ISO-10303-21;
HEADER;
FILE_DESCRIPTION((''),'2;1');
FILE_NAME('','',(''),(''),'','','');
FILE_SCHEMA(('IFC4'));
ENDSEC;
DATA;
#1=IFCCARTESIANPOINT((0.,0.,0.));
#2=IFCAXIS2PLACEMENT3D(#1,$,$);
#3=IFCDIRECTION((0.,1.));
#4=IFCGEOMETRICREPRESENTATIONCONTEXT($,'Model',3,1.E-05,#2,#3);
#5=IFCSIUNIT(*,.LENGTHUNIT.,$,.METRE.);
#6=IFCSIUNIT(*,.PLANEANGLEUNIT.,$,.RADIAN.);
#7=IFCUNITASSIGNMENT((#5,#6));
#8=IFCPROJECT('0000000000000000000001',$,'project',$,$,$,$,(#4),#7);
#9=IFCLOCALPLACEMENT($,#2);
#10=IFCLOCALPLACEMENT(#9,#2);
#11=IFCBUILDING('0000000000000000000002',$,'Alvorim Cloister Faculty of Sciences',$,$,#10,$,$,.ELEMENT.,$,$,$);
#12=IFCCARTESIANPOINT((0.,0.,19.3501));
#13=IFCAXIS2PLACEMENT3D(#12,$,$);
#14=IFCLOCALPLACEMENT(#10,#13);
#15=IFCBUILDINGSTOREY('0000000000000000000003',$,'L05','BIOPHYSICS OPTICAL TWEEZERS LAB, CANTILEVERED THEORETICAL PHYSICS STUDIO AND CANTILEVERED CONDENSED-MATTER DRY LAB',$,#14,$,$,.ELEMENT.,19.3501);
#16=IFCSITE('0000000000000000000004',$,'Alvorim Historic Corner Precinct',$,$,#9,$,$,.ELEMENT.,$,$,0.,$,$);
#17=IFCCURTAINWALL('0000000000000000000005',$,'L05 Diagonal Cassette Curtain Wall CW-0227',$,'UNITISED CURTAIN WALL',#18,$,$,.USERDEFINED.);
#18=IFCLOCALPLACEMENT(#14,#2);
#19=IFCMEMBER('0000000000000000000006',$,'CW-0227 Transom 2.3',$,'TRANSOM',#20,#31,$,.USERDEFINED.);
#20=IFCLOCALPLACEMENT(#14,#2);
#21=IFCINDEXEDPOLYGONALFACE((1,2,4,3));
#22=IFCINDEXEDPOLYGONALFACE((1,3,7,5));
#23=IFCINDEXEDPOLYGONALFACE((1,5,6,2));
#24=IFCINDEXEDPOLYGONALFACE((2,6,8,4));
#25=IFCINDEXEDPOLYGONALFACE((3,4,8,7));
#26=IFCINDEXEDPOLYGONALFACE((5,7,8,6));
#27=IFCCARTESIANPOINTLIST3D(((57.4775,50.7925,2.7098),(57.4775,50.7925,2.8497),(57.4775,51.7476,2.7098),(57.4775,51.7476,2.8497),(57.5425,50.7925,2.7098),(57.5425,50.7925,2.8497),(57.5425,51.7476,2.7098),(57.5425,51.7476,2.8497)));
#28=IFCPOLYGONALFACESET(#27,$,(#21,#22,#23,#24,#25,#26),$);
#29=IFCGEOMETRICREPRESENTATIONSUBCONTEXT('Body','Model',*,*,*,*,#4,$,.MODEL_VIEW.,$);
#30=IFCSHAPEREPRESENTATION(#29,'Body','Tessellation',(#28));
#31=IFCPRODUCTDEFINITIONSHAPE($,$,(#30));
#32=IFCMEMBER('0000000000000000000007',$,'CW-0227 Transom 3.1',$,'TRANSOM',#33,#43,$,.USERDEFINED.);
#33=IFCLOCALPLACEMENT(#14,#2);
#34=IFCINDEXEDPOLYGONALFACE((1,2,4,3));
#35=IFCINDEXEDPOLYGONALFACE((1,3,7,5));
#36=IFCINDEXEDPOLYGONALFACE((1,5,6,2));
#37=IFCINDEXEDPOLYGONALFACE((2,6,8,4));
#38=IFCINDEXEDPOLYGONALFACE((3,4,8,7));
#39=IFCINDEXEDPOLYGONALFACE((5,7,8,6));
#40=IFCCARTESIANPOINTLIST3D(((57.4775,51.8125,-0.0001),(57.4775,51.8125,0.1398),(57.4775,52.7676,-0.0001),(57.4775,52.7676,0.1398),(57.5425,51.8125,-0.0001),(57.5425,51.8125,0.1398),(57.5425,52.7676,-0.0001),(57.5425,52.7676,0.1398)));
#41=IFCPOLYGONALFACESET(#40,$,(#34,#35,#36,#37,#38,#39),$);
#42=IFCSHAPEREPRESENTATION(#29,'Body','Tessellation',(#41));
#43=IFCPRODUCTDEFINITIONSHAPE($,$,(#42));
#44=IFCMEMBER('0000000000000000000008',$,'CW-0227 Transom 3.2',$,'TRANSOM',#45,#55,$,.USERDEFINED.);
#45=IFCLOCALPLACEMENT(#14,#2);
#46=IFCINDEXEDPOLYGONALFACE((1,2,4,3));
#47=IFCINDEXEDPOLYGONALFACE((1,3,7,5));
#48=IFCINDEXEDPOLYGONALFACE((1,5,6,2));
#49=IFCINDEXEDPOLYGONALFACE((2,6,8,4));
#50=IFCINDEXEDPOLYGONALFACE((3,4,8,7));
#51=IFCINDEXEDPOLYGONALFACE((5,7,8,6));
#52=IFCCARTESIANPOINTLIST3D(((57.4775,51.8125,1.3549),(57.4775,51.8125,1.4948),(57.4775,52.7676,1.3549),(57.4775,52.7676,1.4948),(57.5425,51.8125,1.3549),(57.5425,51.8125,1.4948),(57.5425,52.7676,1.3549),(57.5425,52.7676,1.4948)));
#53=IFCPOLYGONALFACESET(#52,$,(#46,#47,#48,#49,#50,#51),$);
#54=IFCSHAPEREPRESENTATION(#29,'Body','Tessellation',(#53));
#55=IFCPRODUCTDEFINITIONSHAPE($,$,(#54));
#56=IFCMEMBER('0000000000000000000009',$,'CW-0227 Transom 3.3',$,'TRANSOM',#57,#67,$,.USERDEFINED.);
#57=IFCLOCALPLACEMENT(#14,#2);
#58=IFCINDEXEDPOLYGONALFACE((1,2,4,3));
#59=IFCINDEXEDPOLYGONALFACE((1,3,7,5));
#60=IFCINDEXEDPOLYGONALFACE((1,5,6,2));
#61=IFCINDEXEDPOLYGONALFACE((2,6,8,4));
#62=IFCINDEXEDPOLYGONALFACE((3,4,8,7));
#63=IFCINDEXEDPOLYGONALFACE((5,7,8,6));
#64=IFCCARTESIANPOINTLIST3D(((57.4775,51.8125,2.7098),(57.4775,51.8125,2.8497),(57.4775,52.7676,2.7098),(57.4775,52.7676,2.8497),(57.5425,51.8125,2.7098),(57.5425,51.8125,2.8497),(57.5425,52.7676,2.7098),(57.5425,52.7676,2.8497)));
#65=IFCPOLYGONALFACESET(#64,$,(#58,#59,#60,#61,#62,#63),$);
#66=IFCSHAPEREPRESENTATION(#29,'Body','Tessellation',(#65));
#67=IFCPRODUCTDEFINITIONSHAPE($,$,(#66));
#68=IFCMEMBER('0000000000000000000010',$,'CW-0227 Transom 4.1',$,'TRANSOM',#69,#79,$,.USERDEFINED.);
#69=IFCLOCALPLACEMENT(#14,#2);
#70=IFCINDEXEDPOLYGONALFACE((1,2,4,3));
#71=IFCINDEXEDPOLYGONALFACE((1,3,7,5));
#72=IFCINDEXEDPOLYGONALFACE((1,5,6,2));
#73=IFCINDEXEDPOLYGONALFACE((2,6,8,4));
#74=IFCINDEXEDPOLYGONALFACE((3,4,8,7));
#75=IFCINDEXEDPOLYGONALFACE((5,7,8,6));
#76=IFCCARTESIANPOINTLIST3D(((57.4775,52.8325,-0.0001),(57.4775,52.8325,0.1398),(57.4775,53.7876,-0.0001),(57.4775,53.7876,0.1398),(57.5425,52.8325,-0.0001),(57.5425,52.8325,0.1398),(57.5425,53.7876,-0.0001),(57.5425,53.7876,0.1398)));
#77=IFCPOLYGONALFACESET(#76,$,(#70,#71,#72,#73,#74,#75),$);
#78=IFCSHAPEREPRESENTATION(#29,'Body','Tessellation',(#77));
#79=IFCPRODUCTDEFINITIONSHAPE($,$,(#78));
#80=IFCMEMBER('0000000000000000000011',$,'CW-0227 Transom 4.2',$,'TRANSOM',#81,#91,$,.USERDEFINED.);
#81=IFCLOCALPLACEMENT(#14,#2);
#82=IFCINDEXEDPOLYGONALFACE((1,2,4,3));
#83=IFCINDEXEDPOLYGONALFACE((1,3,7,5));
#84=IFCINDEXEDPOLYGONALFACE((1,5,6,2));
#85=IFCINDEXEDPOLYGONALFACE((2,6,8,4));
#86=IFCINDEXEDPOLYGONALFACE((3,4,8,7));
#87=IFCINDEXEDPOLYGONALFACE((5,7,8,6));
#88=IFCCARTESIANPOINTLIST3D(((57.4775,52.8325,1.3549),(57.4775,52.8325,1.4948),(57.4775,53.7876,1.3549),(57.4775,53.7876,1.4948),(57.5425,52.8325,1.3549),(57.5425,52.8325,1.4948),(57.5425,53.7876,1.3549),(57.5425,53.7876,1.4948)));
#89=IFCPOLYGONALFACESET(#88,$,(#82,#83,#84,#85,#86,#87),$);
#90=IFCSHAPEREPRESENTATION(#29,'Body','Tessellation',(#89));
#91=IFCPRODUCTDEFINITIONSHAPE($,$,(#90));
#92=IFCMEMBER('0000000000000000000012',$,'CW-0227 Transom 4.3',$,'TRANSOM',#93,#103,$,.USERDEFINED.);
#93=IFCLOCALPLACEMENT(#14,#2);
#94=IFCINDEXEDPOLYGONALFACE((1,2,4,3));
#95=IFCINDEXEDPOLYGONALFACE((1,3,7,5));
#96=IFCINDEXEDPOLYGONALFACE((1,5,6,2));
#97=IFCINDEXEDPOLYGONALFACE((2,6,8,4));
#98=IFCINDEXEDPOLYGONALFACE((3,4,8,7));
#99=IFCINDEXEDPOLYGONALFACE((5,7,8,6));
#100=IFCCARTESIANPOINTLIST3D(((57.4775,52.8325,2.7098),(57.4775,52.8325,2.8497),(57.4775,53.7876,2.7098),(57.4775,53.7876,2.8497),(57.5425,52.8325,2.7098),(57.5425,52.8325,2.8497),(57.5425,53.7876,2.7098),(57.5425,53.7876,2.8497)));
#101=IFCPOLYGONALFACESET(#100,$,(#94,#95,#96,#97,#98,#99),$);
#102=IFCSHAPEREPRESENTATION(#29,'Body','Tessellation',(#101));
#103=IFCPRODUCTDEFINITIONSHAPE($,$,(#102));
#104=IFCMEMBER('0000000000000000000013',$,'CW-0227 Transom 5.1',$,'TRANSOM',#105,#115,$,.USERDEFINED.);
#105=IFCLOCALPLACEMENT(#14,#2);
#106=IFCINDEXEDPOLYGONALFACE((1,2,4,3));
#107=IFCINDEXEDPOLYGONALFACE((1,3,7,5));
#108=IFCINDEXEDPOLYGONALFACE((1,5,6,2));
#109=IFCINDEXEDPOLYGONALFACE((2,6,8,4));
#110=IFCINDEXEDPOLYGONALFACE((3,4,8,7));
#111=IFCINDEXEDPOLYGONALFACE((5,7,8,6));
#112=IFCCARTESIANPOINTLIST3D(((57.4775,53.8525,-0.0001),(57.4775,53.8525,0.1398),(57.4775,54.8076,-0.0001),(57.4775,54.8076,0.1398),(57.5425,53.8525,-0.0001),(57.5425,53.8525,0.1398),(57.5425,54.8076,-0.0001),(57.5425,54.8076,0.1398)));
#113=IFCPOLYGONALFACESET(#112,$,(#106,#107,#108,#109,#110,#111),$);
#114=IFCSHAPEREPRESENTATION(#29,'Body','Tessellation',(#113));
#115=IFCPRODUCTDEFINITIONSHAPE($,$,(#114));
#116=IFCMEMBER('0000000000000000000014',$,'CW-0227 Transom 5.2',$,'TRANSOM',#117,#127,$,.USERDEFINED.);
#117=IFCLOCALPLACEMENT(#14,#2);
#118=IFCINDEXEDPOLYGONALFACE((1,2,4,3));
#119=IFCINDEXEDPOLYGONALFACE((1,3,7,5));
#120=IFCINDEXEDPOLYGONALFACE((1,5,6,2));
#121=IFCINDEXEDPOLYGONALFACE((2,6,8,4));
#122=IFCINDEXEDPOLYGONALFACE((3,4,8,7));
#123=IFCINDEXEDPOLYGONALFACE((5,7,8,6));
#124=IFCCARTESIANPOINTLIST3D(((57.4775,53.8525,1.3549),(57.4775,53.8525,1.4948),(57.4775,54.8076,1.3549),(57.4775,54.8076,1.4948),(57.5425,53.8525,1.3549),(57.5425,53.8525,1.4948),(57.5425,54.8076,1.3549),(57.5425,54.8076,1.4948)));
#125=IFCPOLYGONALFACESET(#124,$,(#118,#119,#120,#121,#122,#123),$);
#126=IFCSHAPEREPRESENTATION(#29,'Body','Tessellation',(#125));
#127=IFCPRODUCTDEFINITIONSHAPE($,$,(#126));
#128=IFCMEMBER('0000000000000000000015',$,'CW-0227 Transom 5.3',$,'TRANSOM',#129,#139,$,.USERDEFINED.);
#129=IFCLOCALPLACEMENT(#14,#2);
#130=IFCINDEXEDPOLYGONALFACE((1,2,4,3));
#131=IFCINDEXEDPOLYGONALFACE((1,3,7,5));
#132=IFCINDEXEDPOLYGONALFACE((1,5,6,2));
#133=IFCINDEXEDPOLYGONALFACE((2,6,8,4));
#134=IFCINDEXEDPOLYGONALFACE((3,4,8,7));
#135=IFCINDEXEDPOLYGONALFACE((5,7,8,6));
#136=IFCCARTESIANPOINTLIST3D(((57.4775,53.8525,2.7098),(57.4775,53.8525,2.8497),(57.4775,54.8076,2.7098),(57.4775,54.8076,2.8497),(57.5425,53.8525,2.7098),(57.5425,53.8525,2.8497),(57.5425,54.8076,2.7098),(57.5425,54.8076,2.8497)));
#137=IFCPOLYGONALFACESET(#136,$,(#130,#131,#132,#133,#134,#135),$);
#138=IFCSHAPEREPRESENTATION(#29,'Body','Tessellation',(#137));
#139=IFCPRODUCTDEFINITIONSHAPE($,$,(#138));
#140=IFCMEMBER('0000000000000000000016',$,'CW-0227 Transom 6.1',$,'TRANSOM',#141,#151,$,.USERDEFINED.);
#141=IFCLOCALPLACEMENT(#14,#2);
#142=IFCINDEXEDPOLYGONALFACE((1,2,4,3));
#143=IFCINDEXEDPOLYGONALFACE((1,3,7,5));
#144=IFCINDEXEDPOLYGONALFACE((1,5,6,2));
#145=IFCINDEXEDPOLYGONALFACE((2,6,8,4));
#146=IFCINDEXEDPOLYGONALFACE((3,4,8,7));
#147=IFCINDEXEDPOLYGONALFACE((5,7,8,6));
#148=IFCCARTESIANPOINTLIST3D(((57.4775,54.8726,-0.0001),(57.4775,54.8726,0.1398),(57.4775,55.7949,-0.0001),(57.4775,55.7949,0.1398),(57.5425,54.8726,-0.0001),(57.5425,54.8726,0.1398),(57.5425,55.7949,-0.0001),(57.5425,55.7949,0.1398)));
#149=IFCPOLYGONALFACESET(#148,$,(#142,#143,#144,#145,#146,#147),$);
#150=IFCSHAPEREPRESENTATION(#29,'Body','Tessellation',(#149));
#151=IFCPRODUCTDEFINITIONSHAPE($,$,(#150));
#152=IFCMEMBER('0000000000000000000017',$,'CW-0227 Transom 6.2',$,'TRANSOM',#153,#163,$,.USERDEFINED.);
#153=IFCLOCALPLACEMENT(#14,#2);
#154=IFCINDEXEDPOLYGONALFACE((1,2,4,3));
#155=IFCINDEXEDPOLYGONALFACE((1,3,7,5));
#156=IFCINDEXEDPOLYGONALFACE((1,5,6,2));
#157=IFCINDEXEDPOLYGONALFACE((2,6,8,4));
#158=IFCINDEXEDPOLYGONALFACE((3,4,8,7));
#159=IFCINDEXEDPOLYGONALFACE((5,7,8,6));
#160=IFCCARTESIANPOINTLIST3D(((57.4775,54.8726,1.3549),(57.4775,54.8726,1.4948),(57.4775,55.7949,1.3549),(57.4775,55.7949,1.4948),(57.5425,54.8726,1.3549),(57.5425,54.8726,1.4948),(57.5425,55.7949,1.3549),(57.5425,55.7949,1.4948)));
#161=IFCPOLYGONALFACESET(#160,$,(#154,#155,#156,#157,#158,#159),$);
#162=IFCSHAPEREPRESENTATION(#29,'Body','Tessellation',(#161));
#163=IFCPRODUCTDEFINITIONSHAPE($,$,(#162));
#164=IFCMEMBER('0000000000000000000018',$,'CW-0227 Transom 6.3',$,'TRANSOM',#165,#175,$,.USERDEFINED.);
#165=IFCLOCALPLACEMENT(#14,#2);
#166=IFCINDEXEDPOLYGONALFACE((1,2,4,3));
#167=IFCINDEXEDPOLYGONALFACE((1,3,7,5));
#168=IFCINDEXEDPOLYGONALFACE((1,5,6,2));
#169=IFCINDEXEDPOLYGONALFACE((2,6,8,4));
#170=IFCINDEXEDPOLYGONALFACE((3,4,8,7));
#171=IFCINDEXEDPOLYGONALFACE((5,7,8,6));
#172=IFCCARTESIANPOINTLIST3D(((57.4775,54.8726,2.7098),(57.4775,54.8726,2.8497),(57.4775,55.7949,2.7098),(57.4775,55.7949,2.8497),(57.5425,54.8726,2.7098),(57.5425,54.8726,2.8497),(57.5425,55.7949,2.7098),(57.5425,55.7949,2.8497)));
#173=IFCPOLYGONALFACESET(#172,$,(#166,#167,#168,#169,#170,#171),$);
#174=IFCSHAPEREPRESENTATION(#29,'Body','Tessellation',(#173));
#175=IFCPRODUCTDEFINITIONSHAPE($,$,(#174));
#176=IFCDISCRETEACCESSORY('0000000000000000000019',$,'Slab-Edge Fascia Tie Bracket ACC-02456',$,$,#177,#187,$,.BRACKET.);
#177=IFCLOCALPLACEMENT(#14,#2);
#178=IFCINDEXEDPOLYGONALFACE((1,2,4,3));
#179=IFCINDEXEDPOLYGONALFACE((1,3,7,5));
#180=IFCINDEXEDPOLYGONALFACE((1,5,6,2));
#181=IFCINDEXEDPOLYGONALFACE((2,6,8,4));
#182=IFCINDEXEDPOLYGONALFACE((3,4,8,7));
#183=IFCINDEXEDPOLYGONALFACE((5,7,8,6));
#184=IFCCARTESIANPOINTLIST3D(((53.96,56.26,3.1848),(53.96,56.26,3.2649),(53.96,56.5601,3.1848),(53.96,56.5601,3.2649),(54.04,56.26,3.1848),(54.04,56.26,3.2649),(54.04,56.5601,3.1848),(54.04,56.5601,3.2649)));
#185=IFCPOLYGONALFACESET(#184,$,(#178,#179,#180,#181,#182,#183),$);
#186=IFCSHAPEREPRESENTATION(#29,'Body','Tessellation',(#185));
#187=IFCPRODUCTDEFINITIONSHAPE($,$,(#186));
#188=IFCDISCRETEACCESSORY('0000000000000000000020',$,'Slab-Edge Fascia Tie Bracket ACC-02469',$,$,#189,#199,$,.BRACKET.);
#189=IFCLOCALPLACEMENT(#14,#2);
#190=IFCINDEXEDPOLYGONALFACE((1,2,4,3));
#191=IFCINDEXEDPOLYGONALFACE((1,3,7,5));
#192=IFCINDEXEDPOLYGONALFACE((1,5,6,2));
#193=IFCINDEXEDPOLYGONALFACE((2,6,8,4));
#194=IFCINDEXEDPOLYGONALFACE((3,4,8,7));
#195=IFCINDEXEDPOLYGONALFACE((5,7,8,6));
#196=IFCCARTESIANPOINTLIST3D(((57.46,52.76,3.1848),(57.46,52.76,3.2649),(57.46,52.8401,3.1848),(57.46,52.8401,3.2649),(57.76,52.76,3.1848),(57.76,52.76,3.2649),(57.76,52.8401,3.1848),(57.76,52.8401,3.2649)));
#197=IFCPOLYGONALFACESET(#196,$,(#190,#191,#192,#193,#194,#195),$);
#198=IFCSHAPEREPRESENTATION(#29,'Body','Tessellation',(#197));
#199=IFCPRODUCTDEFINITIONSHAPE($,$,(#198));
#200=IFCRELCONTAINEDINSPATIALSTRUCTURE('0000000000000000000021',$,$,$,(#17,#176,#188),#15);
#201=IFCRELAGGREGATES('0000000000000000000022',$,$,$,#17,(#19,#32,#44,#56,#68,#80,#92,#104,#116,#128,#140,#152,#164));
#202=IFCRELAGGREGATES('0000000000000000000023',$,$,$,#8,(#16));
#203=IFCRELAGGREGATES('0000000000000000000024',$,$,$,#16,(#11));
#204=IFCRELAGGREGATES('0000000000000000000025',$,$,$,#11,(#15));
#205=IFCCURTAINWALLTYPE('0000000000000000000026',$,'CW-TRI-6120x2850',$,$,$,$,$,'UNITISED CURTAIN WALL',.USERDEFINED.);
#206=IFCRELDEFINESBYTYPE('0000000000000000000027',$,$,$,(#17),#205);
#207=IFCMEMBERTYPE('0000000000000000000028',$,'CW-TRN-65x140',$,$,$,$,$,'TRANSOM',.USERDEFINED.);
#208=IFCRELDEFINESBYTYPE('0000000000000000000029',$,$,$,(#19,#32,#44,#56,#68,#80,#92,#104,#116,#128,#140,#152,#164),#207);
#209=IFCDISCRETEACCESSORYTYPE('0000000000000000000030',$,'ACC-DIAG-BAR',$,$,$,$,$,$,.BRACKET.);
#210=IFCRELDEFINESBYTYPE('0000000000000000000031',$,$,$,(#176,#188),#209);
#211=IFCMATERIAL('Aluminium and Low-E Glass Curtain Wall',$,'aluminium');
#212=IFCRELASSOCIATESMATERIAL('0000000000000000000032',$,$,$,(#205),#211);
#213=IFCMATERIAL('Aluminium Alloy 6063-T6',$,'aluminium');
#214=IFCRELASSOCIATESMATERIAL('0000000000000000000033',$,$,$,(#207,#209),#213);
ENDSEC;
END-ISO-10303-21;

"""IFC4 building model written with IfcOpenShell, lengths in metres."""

from ifc_helpers import new_model, si_unit, direction, frame, origin, origin_2d, place, context, subcontext, project, spatial, rectangle, extrude, material, material_profile, profile_set, type_object, element, aggregate, save


model = new_model("IFC4")

# Units and contexts
model_context = context("Model", 3, precision=1e-05, world=origin(), true_north=direction((0.0, 1.0)))
body_context = subcontext(model_context, "Body", "Model", "MODEL_VIEW")
ifc_project = project(units=[si_unit("LENGTHUNIT", "METRE"), si_unit("PLANEANGLEUNIT", "RADIAN")], contexts=[model_context])

# Site, building, storey
site_placement = place(None, origin())
site = spatial("IfcSite", under=ifc_project, at=site_placement, Name="Alvorim Historic Corner Precinct", CompositionType="ELEMENT", RefElevation=0.0)
building_placement = place(site_placement, origin())
building = spatial("IfcBuilding", under=site, at=building_placement, Name="Alvorim Cloister Faculty of Sciences", CompositionType="ELEMENT")
storey_placement = place(building_placement, frame((0.0, 0.0, 19.3501)))
storey = spatial("IfcBuildingStorey", under=building, at=storey_placement, Name="L05", Description="BIOPHYSICS OPTICAL TWEEZERS LAB, CANTILEVERED THEORETICAL PHYSICS STUDIO AND CANTILEVERED CONDENSED-MATTER DRY LAB", CompositionType="ELEMENT", Elevation=19.3501)

# Curtain wall
ifc_material_1 = material(Name="Aluminium and Low-E Glass Curtain Wall", Category="aluminium")
curtain_wall_type = type_object("IfcCurtainWallType", Name="CW-TRI-6120x2850", ElementType="UNITISED CURTAIN WALL", PredefinedType="USERDEFINED", material=ifc_material_1)
ifc_material_2 = material(Name="Aluminium Alloy 6063-T6", Category="aluminium")
curtain_wall_1_placement = place(storey_placement, origin())
curtain_wall_1 = element("IfcCurtainWall", 1, at=curtain_wall_1_placement, inside=storey, type_object=curtain_wall_type, Name="L05 Diagonal Cassette Curtain Wall CW-0227", ObjectType="UNITISED CURTAIN WALL", PredefinedType="USERDEFINED")

# Members
ifc_material_profile_1 = material_profile(ifc_material_2, rectangle(XDim=0.0649, YDim=0.1399, at=origin_2d()), Name="ALU-TRN-65x140")
ifc_profile_set_1 = profile_set([ifc_material_profile_1], Name="Aluminium Alloy 6063-T6")
member_type_1 = type_object("IfcMemberType", Name="CW-TRN-65x140", ElementType="TRANSOM", PredefinedType="USERDEFINED", material=ifc_profile_set_1)
member_1_placement = place(storey_placement, frame((57.51, 50.7925, 2.7798), z_axis=(0.0, 1.0, 0.0), x_axis=(-1.0, 0.0, 0.0)))
member_1 = element("IfcMember", 2, at=member_1_placement, type_object=member_type_1, Name="CW-0227 Transom 2.3", ObjectType="TRANSOM", PredefinedType="USERDEFINED", context=body_context, shape_type="SweptSolid", body=[
    extrude(rectangle(XDim=0.0649, YDim=0.1399, at=origin_2d()), origin(), (0.0, 0.0, 1.0), 0.9551),
])
member_2_placement = place(storey_placement, frame((57.51, 51.8125, 0.0698), z_axis=(0.0, 1.0, 0.0), x_axis=(-1.0, 0.0, 0.0)))
member_2 = element("IfcMember", 3, at=member_2_placement, type_object=member_type_1, Name="CW-0227 Transom 3.1", ObjectType="TRANSOM", PredefinedType="USERDEFINED", context=body_context, shape_type="SweptSolid", body=[
    extrude(rectangle(XDim=0.0649, YDim=0.1399, at=origin_2d()), origin(), (0.0, 0.0, 1.0), 0.9551),
])
member_3_placement = place(storey_placement, frame((57.51, 51.8125, 1.4248), z_axis=(0.0, 1.0, 0.0), x_axis=(-1.0, 0.0, 0.0)))
member_3 = element("IfcMember", 4, at=member_3_placement, type_object=member_type_1, Name="CW-0227 Transom 3.2", ObjectType="TRANSOM", PredefinedType="USERDEFINED", context=body_context, shape_type="SweptSolid", body=[
    extrude(rectangle(XDim=0.0649, YDim=0.1399, at=origin_2d()), origin(), (0.0, 0.0, 1.0), 0.9551),
])
member_4_placement = place(storey_placement, frame((57.51, 51.8125, 2.7798), z_axis=(0.0, 1.0, 0.0), x_axis=(-1.0, 0.0, 0.0)))
member_4 = element("IfcMember", 5, at=member_4_placement, type_object=member_type_1, Name="CW-0227 Transom 3.3", ObjectType="TRANSOM", PredefinedType="USERDEFINED", context=body_context, shape_type="SweptSolid", body=[
    extrude(rectangle(XDim=0.0649, YDim=0.1399, at=origin_2d()), origin(), (0.0, 0.0, 1.0), 0.9551),
])
member_5_placement = place(storey_placement, frame((57.51, 52.8325, 0.0698), z_axis=(0.0, 1.0, 0.0), x_axis=(-1.0, 0.0, 0.0)))
member_5 = element("IfcMember", 6, at=member_5_placement, type_object=member_type_1, Name="CW-0227 Transom 4.1", ObjectType="TRANSOM", PredefinedType="USERDEFINED", context=body_context, shape_type="SweptSolid", body=[
    extrude(rectangle(XDim=0.0649, YDim=0.1399, at=origin_2d()), origin(), (0.0, 0.0, 1.0), 0.9551),
])
member_6_placement = place(storey_placement, frame((57.51, 52.8325, 1.4248), z_axis=(0.0, 1.0, 0.0), x_axis=(-1.0, 0.0, 0.0)))
member_6 = element("IfcMember", 7, at=member_6_placement, type_object=member_type_1, Name="CW-0227 Transom 4.2", ObjectType="TRANSOM", PredefinedType="USERDEFINED", context=body_context, shape_type="SweptSolid", body=[
    extrude(rectangle(XDim=0.0649, YDim=0.1399, at=origin_2d()), origin(), (0.0, 0.0, 1.0), 0.9551),
])
member_7_placement = place(storey_placement, frame((57.51, 52.8325, 2.7798), z_axis=(0.0, 1.0, 0.0), x_axis=(-1.0, 0.0, 0.0)))
member_7 = element("IfcMember", 8, at=member_7_placement, type_object=member_type_1, Name="CW-0227 Transom 4.3", ObjectType="TRANSOM", PredefinedType="USERDEFINED", context=body_context, shape_type="SweptSolid", body=[
    extrude(rectangle(XDim=0.0649, YDim=0.1399, at=origin_2d()), origin(), (0.0, 0.0, 1.0), 0.9551),
])
member_8_placement = place(storey_placement, frame((57.51, 53.8525, 0.0698), z_axis=(0.0, 1.0, 0.0), x_axis=(-1.0, 0.0, 0.0)))
member_8 = element("IfcMember", 9, at=member_8_placement, type_object=member_type_1, Name="CW-0227 Transom 5.1", ObjectType="TRANSOM", PredefinedType="USERDEFINED", context=body_context, shape_type="SweptSolid", body=[
    extrude(rectangle(XDim=0.0649, YDim=0.1399, at=origin_2d()), origin(), (0.0, 0.0, 1.0), 0.9551),
])
member_9_placement = place(storey_placement, frame((57.51, 53.8525, 1.4248), z_axis=(0.0, 1.0, 0.0), x_axis=(-1.0, 0.0, 0.0)))
member_9 = element("IfcMember", 10, at=member_9_placement, type_object=member_type_1, Name="CW-0227 Transom 5.2", ObjectType="TRANSOM", PredefinedType="USERDEFINED", context=body_context, shape_type="SweptSolid", body=[
    extrude(rectangle(XDim=0.0649, YDim=0.1399, at=origin_2d()), origin(), (0.0, 0.0, 1.0), 0.9551),
])
member_10_placement = place(storey_placement, frame((57.51, 53.8525, 2.7798), z_axis=(0.0, 1.0, 0.0), x_axis=(-1.0, 0.0, 0.0)))
member_10 = element("IfcMember", 11, at=member_10_placement, type_object=member_type_1, Name="CW-0227 Transom 5.3", ObjectType="TRANSOM", PredefinedType="USERDEFINED", context=body_context, shape_type="SweptSolid", body=[
    extrude(rectangle(XDim=0.0649, YDim=0.1399, at=origin_2d()), origin(), (0.0, 0.0, 1.0), 0.9551),
])
member_11_placement = place(storey_placement, frame((57.51, 54.8726, 0.0698), z_axis=(0.0, 1.0, 0.0), x_axis=(-1.0, 0.0, 0.0)))
member_11 = element("IfcMember", 12, at=member_11_placement, type_object=member_type_1, Name="CW-0227 Transom 6.1", ObjectType="TRANSOM", PredefinedType="USERDEFINED", context=body_context, shape_type="SweptSolid", body=[
    extrude(rectangle(XDim=0.0649, YDim=0.1399, at=origin_2d()), origin(), (0.0, 0.0, 1.0), 0.9224),
])
member_12_placement = place(storey_placement, frame((57.51, 54.8726, 1.4248), z_axis=(0.0, 1.0, 0.0), x_axis=(-1.0, 0.0, 0.0)))
member_12 = element("IfcMember", 13, at=member_12_placement, type_object=member_type_1, Name="CW-0227 Transom 6.2", ObjectType="TRANSOM", PredefinedType="USERDEFINED", context=body_context, shape_type="SweptSolid", body=[
    extrude(rectangle(XDim=0.0649, YDim=0.1399, at=origin_2d()), origin(), (0.0, 0.0, 1.0), 0.9224),
])
member_13_placement = place(storey_placement, frame((57.51, 54.8726, 2.7798), z_axis=(0.0, 1.0, 0.0), x_axis=(-1.0, 0.0, 0.0)))
member_13 = element("IfcMember", 14, at=member_13_placement, type_object=member_type_1, Name="CW-0227 Transom 6.3", ObjectType="TRANSOM", PredefinedType="USERDEFINED", context=body_context, shape_type="SweptSolid", body=[
    extrude(rectangle(XDim=0.0649, YDim=0.1399, at=origin_2d()), origin(), (0.0, 0.0, 1.0), 0.9224),
])
aggregate(curtain_wall_1, [member_1, member_2, member_3, member_4, member_5, member_6, member_7, member_8, member_9, member_10, member_11, member_12, member_13])

# Discrete accessories
discrete_accessory_type = type_object("IfcDiscreteAccessoryType", Name="ACC-DIAG-BAR", PredefinedType="BRACKET", material=ifc_material_2)
for number, where, z_axis, x_axis, name in (
    (15, (54.0, 56.26, 3.2249), (0.0, 1.0, 0.0), (-1.0, 0.0, 0.0), "Slab-Edge Fascia Tie Bracket ACC-02456"),
    (16, (57.46, 52.8, 3.2249), (1.0, 0.0, 0.0), (0.0, 1.0, 0.0), "Slab-Edge Fascia Tie Bracket ACC-02469"),
):
    element("IfcDiscreteAccessory", number, at=place(storey_placement, frame(where, z_axis=z_axis, x_axis=x_axis)), inside=storey, type_object=discrete_accessory_type, Name=name, PredefinedType="BRACKET", context=body_context, shape_type="SweptSolid", body=[
        extrude(rectangle(XDim=0.0801, YDim=0.0801, at=origin_2d()), origin(), (0.0, 0.0, 1.0), 0.3),
    ])

save(model, "model.ifc")
